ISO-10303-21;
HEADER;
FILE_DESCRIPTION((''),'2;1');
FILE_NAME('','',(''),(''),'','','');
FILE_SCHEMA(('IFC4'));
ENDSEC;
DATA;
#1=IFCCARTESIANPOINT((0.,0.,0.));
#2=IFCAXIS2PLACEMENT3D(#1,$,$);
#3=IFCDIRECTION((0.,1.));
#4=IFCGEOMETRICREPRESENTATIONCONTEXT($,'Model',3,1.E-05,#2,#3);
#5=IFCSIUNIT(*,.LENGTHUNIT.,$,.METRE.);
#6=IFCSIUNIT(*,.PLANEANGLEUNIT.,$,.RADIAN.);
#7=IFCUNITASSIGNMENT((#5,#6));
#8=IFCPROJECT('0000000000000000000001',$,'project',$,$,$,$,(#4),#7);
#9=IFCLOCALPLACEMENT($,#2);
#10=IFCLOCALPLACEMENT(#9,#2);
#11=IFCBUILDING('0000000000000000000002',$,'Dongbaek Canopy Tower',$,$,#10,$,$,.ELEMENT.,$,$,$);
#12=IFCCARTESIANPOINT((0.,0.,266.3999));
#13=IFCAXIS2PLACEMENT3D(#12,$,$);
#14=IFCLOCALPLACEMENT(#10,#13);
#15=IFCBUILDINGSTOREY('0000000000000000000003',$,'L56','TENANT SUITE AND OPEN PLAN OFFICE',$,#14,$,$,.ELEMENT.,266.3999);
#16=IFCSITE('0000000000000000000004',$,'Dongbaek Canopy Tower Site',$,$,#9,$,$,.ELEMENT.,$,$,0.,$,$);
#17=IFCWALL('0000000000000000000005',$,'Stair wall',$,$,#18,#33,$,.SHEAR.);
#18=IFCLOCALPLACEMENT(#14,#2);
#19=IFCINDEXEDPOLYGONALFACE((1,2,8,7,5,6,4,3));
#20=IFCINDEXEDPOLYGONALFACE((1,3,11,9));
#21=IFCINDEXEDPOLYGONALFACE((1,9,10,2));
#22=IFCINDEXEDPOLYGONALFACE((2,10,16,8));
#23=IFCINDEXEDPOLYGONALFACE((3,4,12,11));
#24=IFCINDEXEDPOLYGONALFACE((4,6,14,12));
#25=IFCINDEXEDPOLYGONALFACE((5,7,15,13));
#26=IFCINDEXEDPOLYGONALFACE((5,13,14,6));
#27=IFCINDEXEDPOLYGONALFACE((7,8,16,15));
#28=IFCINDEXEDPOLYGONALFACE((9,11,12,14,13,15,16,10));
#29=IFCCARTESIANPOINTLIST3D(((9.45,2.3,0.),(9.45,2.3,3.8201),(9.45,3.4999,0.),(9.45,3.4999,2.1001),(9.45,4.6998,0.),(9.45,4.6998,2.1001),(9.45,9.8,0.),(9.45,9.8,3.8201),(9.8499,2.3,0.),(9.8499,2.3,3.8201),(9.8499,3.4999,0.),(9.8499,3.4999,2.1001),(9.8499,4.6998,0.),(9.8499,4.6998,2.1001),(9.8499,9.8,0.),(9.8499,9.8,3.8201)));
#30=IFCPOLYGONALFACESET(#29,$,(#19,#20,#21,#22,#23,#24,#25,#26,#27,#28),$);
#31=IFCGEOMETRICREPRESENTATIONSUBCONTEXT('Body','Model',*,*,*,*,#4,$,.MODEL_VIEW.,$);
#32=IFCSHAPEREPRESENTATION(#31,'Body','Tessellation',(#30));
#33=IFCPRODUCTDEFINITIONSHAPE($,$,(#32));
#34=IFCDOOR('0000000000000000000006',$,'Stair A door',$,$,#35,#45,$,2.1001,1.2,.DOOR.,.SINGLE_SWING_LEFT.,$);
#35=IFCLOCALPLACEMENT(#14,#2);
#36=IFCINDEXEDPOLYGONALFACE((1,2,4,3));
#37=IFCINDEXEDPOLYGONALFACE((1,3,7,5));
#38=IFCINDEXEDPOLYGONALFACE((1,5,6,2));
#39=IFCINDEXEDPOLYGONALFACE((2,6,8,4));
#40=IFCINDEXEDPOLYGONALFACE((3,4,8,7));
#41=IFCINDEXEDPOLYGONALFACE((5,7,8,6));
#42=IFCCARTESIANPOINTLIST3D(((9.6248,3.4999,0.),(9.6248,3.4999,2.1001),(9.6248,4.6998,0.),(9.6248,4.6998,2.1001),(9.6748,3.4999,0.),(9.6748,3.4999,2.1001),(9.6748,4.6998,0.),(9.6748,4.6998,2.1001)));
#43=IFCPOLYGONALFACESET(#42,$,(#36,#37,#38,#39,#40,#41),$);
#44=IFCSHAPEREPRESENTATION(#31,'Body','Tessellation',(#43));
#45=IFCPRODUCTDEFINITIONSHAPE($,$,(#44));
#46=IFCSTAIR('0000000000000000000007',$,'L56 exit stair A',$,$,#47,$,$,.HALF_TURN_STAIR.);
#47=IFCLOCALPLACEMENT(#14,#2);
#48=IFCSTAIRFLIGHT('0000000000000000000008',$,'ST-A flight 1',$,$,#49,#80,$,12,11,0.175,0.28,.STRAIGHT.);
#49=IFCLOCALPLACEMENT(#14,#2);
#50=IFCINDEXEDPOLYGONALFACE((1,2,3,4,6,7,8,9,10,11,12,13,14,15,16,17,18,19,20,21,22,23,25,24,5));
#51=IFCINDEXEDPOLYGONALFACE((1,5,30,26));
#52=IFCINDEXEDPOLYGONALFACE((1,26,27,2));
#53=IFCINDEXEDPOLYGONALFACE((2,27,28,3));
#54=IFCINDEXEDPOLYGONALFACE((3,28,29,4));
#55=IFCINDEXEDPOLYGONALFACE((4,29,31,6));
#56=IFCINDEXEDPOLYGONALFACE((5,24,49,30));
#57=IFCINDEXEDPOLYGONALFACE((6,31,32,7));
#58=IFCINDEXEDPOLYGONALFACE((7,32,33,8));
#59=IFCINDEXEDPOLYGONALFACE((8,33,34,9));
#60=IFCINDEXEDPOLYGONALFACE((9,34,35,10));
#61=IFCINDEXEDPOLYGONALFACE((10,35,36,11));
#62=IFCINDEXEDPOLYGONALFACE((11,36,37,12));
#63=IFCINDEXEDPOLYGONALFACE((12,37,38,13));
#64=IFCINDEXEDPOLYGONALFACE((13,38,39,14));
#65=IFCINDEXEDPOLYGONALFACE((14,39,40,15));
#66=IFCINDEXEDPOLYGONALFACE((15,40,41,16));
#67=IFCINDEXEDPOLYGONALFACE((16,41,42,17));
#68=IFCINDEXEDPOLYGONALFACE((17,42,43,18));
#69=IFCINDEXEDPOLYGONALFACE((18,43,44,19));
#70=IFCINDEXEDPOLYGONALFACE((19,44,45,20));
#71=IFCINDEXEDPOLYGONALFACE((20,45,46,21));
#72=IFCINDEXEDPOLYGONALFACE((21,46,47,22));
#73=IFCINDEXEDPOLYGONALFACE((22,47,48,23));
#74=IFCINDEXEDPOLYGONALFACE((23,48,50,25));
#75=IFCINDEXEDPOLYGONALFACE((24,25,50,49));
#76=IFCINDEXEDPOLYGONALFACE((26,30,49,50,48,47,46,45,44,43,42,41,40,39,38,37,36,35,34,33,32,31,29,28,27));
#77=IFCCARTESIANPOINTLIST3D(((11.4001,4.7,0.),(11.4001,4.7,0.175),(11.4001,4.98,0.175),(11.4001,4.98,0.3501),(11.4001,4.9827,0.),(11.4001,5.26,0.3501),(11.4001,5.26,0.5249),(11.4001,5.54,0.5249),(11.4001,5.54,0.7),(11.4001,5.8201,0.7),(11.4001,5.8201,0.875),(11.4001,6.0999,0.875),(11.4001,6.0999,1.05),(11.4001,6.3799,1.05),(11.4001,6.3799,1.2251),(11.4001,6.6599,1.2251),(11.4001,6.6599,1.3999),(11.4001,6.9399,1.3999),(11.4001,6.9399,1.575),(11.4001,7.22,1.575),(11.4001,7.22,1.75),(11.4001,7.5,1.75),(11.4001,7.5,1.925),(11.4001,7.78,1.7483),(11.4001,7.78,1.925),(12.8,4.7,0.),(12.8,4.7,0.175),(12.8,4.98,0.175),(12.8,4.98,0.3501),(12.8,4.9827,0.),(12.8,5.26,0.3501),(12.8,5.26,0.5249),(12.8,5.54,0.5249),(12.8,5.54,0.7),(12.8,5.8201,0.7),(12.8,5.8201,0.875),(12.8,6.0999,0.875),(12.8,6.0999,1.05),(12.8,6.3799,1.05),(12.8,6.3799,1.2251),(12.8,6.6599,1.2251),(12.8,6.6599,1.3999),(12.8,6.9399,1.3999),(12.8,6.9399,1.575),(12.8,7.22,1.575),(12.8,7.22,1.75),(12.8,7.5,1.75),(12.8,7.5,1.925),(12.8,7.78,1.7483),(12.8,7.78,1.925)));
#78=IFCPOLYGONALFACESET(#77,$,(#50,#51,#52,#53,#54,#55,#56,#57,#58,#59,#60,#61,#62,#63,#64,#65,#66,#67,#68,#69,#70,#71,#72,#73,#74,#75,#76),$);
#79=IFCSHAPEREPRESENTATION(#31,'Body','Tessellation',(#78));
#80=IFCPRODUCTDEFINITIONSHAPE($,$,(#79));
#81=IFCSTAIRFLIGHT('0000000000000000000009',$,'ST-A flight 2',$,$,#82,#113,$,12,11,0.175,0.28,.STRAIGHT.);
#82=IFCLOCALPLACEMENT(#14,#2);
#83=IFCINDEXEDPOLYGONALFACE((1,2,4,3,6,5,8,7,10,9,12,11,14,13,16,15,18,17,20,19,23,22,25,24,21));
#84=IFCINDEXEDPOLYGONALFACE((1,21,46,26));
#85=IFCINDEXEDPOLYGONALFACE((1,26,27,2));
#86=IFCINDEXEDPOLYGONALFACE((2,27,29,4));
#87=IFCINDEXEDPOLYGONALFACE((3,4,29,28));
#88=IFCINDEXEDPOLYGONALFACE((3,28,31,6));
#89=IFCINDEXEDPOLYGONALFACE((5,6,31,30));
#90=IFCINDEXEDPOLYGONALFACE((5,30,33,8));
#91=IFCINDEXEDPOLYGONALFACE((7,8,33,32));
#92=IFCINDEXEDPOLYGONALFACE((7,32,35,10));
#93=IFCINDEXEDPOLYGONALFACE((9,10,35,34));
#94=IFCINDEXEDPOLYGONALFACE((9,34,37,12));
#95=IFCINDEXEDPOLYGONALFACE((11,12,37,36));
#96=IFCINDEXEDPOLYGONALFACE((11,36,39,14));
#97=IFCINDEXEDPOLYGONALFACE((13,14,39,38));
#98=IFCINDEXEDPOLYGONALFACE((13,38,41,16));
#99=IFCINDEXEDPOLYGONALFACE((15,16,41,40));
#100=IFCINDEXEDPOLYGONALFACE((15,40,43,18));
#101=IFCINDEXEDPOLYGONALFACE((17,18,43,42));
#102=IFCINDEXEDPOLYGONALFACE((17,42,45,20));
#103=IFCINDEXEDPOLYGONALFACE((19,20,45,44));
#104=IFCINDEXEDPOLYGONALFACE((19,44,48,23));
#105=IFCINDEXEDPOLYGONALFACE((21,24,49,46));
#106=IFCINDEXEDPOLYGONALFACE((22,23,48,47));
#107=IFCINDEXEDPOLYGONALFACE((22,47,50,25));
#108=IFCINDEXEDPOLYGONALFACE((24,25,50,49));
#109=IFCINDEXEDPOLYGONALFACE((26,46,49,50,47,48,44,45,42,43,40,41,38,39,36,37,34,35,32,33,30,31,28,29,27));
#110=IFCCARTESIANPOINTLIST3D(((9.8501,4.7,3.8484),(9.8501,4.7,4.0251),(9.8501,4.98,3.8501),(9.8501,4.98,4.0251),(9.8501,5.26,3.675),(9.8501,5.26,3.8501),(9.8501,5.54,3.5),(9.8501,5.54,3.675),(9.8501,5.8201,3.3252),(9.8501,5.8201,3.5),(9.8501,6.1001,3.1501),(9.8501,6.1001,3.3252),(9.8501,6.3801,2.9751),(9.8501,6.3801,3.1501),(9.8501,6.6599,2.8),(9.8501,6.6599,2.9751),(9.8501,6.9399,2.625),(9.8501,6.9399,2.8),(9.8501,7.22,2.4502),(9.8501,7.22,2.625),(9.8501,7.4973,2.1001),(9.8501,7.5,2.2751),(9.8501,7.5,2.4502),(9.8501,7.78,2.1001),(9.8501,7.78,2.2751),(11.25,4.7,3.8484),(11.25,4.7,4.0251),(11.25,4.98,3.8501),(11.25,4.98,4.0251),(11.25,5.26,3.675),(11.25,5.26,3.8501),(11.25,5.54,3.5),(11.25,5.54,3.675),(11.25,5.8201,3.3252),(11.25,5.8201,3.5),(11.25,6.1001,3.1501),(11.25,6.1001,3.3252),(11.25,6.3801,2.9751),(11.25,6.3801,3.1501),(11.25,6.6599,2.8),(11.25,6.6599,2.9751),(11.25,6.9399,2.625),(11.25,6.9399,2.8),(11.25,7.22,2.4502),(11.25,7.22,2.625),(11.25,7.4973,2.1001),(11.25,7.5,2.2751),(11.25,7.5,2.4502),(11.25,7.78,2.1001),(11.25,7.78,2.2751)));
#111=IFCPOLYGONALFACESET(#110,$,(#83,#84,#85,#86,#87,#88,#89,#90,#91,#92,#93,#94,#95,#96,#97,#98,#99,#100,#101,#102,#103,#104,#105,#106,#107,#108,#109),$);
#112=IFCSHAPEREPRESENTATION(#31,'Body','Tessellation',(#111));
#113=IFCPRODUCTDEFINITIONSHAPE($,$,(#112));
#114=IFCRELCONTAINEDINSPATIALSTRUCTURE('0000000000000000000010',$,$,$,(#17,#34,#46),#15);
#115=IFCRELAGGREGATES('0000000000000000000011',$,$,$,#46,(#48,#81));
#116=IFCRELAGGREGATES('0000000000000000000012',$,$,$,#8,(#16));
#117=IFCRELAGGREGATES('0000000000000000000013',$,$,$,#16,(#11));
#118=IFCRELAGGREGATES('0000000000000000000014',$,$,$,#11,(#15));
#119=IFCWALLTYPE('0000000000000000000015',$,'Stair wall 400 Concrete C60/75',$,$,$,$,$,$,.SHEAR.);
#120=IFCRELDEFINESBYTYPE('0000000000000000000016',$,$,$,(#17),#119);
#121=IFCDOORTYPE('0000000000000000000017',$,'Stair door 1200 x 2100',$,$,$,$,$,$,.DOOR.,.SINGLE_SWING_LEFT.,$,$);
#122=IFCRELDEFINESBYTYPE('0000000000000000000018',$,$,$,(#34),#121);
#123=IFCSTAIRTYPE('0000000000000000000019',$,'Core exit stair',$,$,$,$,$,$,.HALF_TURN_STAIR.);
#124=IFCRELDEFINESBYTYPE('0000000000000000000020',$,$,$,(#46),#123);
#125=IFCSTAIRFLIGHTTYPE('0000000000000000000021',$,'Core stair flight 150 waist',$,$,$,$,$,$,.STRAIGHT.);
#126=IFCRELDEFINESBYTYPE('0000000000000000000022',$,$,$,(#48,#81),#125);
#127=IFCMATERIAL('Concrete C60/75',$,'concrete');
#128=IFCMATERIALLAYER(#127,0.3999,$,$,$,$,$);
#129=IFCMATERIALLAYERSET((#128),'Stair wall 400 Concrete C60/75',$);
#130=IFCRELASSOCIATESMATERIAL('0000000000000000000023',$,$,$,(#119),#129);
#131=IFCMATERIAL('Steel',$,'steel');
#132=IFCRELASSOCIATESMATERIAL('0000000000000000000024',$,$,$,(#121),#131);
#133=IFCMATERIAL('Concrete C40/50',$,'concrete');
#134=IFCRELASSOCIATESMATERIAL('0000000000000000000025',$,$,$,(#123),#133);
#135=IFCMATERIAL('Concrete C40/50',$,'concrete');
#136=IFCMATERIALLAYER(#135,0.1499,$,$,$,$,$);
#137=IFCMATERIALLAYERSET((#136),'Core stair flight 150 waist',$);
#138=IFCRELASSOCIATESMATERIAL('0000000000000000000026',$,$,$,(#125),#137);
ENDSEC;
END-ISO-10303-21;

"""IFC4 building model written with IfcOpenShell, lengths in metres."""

from ifc_helpers import new_model, si_unit, direction, frame, frame_2d, origin, place, context, subcontext, project, spatial, polyline, rectangle, outline, extrude, material, layer, layer_set, type_object, element, fill, aggregate, save


model = new_model("IFC4")

# Units and contexts
model_context = context("Model", 3, precision=1e-05, world=origin(), true_north=direction((0.0, 1.0)))
body_context = subcontext(model_context, "Body", "Model", "MODEL_VIEW")
ifc_project = project(units=[si_unit("LENGTHUNIT", "METRE"), si_unit("PLANEANGLEUNIT", "RADIAN")], contexts=[model_context])

# Site, building, storey
site_placement = place(None, origin())
site = spatial("IfcSite", under=ifc_project, at=site_placement, Name="Dongbaek Canopy Tower Site", CompositionType="ELEMENT", RefElevation=0.0)
building_placement = place(site_placement, origin())
building = spatial("IfcBuilding", under=site, at=building_placement, Name="Dongbaek Canopy Tower", CompositionType="ELEMENT")
storey_placement = place(building_placement, frame((0.0, 0.0, 266.3999)))
storey = spatial("IfcBuildingStorey", under=building, at=storey_placement, Name="L56", Description="TENANT SUITE AND OPEN PLAN OFFICE", CompositionType="ELEMENT", Elevation=266.3999)

# Wall, opening, door
ifc_material_1 = material(Name="Concrete C60/75", Category="concrete")
ifc_layer_1 = layer(ifc_material_1, 0.3999)
ifc_layer_set_1 = layer_set([ifc_layer_1], Name="Stair wall 400 Concrete C60/75")
wall_type_1 = type_object("IfcWallType", Name="Stair wall 400 Concrete C60/75", PredefinedType="SHEAR", material=ifc_layer_set_1)
wall_1_placement = place(storey_placement, frame((9.6499, 9.8, 0.0), z_axis=(0.0, 0.0, 1.0), x_axis=(0.0, -1.0, 0.0)))
wall_1 = element("IfcWall", 1, at=wall_1_placement, inside=storey, type_object=wall_type_1, Name="Stair wall", PredefinedType="SHEAR", context=body_context, shape_type="SweptSolid", body=[
    extrude(rectangle(XDim=7.5, YDim=0.3999, at=frame_2d((3.75, 0.0))), origin(), (0.0, 0.0, 1.0), 3.8201),
])
opening_1_placement = place(wall_1_placement, frame((5.1001, 0.0, 0.0)))
opening_1 = element("IfcOpeningElement", 2, at=opening_1_placement, cuts=wall_1, PredefinedType="OPENING", context=body_context, shape_type="SweptSolid", body=[
    extrude(rectangle(XDim=1.2, YDim=2.1001, at=frame_2d((0.6001, 1.05))), frame((0.0, 0.21, 0.0), z_axis=(0.0, -1.0, 0.0), x_axis=(1.0, 0.0, 0.0)), (0.0, 0.0, 1.0), 0.4199),
])
ifc_material_2 = material(Name="Steel", Category="steel")
door_type_1 = type_object("IfcDoorType", Name="Stair door 1200 x 2100", OperationType="SINGLE_SWING_LEFT", PredefinedType="DOOR", material=ifc_material_2)
door_1_placement = place(opening_1_placement, origin())
door_1 = element("IfcDoor", 3, at=door_1_placement, inside=storey, type_object=door_type_1, Name="Stair A door", OperationType="SINGLE_SWING_LEFT", OverallHeight=2.1001, OverallWidth=1.2, PredefinedType="DOOR", context=body_context, shape_type="SweptSolid", body=[
    extrude(rectangle(XDim=1.2, YDim=2.1001, at=frame_2d((0.6001, 1.05))), frame((0.0, 0.0249, 0.0), z_axis=(0.0, -1.0, 0.0), x_axis=(1.0, 0.0, 0.0)), (0.0, 0.0, 1.0), 0.05),
])
fill(opening_1, door_1)

# Stair, stair flights
ifc_material_3 = material(Name="Concrete C40/50", Category="concrete")
stair_type = type_object("IfcStairType", Name="Core exit stair", PredefinedType="HALF_TURN_STAIR", material=ifc_material_3)
stair_placement = place(storey_placement, origin())
stair = element("IfcStair", 4, at=stair_placement, inside=storey, type_object=stair_type, Name="L56 exit stair A", PredefinedType="HALF_TURN_STAIR")
ifc_material_4 = material(Name="Concrete C40/50", Category="concrete")
ifc_layer_2 = layer(ifc_material_4, 0.1499)
ifc_layer_set_2 = layer_set([ifc_layer_2], Name="Core stair flight 150 waist")
stair_flight_type = type_object("IfcStairFlightType", Name="Core stair flight 150 waist", PredefinedType="STRAIGHT", material=ifc_layer_set_2)
stair_flight_1_placement = place(storey_placement, frame((12.1001, 4.7, 0.0), z_axis=(0.0, 0.0, 1.0), x_axis=(0.0, 1.0, 0.0)))
stair_flight_1 = element("IfcStairFlight", 5, at=stair_flight_1_placement, type_object=stair_flight_type, Name="ST-A flight 1", NumberOfRisers=12, NumberOfTreads=11, PredefinedType="STRAIGHT", RiserHeight=0.175, TreadLength=0.28, context=body_context, shape_type="SweptSolid", body=[
    extrude(outline(polyline([(0.0, 0.0), (0.0, 0.175), (0.28, 0.175), (0.28, 0.3501), (0.5601, 0.3501), (0.5601, 0.5249), (0.8401, 0.5249), (0.8401, 0.7), (1.1201, 0.7), (1.1201, 0.875), (1.3999, 0.875), (1.3999, 1.05), (1.6799, 1.05), (1.6799, 1.2251), (1.96, 1.2251), (1.96, 1.3999), (2.24, 1.3999), (2.24, 1.575), (2.52, 1.575), (2.52, 1.75), (2.8, 1.75), (2.8, 1.925), (3.0801, 1.925), (3.0801, 2.1001), (3.0801, 1.7483), (0.2827, 0.0), (0.0, 0.0)])), frame((0.0, 0.7, 0.0), z_axis=(0.0, -1.0, 0.0), x_axis=(1.0, 0.0, 0.0)), (0.0, 0.0, 1.0), 1.3999),
])
stair_flight_2_placement = place(storey_placement, frame((10.55, 7.78, 2.1001), z_axis=(0.0, 0.0, 1.0), x_axis=(0.0, -1.0, 0.0)))
stair_flight_2 = element("IfcStairFlight", 6, at=stair_flight_2_placement, type_object=stair_flight_type, Name="ST-A flight 2", NumberOfRisers=12, NumberOfTreads=11, PredefinedType="STRAIGHT", RiserHeight=0.175, TreadLength=0.28, context=body_context, shape_type="SweptSolid", body=[
    extrude(outline(polyline([(0.0, 0.0), (0.0, 0.175), (0.28, 0.175), (0.28, 0.3501), (0.5601, 0.3501), (0.5601, 0.5249), (0.8401, 0.5249), (0.8401, 0.7), (1.1201, 0.7), (1.1201, 0.875), (1.3999, 0.875), (1.3999, 1.05), (1.6799, 1.05), (1.6799, 1.2251), (1.96, 1.2251), (1.96, 1.3999), (2.24, 1.3999), (2.24, 1.575), (2.52, 1.575), (2.52, 1.75), (2.8, 1.75), (2.8, 1.925), (3.0801, 1.925), (3.0801, 2.1001), (3.0801, 1.7483), (0.2827, 0.0), (0.0, 0.0)])), frame((0.0, 0.7, 0.0), z_axis=(0.0, -1.0, 0.0), x_axis=(1.0, 0.0, 0.0)), (0.0, 0.0, 1.0), 1.3999),
])
aggregate(stair, [stair_flight_1, stair_flight_2])

save(model, "model.ifc")
